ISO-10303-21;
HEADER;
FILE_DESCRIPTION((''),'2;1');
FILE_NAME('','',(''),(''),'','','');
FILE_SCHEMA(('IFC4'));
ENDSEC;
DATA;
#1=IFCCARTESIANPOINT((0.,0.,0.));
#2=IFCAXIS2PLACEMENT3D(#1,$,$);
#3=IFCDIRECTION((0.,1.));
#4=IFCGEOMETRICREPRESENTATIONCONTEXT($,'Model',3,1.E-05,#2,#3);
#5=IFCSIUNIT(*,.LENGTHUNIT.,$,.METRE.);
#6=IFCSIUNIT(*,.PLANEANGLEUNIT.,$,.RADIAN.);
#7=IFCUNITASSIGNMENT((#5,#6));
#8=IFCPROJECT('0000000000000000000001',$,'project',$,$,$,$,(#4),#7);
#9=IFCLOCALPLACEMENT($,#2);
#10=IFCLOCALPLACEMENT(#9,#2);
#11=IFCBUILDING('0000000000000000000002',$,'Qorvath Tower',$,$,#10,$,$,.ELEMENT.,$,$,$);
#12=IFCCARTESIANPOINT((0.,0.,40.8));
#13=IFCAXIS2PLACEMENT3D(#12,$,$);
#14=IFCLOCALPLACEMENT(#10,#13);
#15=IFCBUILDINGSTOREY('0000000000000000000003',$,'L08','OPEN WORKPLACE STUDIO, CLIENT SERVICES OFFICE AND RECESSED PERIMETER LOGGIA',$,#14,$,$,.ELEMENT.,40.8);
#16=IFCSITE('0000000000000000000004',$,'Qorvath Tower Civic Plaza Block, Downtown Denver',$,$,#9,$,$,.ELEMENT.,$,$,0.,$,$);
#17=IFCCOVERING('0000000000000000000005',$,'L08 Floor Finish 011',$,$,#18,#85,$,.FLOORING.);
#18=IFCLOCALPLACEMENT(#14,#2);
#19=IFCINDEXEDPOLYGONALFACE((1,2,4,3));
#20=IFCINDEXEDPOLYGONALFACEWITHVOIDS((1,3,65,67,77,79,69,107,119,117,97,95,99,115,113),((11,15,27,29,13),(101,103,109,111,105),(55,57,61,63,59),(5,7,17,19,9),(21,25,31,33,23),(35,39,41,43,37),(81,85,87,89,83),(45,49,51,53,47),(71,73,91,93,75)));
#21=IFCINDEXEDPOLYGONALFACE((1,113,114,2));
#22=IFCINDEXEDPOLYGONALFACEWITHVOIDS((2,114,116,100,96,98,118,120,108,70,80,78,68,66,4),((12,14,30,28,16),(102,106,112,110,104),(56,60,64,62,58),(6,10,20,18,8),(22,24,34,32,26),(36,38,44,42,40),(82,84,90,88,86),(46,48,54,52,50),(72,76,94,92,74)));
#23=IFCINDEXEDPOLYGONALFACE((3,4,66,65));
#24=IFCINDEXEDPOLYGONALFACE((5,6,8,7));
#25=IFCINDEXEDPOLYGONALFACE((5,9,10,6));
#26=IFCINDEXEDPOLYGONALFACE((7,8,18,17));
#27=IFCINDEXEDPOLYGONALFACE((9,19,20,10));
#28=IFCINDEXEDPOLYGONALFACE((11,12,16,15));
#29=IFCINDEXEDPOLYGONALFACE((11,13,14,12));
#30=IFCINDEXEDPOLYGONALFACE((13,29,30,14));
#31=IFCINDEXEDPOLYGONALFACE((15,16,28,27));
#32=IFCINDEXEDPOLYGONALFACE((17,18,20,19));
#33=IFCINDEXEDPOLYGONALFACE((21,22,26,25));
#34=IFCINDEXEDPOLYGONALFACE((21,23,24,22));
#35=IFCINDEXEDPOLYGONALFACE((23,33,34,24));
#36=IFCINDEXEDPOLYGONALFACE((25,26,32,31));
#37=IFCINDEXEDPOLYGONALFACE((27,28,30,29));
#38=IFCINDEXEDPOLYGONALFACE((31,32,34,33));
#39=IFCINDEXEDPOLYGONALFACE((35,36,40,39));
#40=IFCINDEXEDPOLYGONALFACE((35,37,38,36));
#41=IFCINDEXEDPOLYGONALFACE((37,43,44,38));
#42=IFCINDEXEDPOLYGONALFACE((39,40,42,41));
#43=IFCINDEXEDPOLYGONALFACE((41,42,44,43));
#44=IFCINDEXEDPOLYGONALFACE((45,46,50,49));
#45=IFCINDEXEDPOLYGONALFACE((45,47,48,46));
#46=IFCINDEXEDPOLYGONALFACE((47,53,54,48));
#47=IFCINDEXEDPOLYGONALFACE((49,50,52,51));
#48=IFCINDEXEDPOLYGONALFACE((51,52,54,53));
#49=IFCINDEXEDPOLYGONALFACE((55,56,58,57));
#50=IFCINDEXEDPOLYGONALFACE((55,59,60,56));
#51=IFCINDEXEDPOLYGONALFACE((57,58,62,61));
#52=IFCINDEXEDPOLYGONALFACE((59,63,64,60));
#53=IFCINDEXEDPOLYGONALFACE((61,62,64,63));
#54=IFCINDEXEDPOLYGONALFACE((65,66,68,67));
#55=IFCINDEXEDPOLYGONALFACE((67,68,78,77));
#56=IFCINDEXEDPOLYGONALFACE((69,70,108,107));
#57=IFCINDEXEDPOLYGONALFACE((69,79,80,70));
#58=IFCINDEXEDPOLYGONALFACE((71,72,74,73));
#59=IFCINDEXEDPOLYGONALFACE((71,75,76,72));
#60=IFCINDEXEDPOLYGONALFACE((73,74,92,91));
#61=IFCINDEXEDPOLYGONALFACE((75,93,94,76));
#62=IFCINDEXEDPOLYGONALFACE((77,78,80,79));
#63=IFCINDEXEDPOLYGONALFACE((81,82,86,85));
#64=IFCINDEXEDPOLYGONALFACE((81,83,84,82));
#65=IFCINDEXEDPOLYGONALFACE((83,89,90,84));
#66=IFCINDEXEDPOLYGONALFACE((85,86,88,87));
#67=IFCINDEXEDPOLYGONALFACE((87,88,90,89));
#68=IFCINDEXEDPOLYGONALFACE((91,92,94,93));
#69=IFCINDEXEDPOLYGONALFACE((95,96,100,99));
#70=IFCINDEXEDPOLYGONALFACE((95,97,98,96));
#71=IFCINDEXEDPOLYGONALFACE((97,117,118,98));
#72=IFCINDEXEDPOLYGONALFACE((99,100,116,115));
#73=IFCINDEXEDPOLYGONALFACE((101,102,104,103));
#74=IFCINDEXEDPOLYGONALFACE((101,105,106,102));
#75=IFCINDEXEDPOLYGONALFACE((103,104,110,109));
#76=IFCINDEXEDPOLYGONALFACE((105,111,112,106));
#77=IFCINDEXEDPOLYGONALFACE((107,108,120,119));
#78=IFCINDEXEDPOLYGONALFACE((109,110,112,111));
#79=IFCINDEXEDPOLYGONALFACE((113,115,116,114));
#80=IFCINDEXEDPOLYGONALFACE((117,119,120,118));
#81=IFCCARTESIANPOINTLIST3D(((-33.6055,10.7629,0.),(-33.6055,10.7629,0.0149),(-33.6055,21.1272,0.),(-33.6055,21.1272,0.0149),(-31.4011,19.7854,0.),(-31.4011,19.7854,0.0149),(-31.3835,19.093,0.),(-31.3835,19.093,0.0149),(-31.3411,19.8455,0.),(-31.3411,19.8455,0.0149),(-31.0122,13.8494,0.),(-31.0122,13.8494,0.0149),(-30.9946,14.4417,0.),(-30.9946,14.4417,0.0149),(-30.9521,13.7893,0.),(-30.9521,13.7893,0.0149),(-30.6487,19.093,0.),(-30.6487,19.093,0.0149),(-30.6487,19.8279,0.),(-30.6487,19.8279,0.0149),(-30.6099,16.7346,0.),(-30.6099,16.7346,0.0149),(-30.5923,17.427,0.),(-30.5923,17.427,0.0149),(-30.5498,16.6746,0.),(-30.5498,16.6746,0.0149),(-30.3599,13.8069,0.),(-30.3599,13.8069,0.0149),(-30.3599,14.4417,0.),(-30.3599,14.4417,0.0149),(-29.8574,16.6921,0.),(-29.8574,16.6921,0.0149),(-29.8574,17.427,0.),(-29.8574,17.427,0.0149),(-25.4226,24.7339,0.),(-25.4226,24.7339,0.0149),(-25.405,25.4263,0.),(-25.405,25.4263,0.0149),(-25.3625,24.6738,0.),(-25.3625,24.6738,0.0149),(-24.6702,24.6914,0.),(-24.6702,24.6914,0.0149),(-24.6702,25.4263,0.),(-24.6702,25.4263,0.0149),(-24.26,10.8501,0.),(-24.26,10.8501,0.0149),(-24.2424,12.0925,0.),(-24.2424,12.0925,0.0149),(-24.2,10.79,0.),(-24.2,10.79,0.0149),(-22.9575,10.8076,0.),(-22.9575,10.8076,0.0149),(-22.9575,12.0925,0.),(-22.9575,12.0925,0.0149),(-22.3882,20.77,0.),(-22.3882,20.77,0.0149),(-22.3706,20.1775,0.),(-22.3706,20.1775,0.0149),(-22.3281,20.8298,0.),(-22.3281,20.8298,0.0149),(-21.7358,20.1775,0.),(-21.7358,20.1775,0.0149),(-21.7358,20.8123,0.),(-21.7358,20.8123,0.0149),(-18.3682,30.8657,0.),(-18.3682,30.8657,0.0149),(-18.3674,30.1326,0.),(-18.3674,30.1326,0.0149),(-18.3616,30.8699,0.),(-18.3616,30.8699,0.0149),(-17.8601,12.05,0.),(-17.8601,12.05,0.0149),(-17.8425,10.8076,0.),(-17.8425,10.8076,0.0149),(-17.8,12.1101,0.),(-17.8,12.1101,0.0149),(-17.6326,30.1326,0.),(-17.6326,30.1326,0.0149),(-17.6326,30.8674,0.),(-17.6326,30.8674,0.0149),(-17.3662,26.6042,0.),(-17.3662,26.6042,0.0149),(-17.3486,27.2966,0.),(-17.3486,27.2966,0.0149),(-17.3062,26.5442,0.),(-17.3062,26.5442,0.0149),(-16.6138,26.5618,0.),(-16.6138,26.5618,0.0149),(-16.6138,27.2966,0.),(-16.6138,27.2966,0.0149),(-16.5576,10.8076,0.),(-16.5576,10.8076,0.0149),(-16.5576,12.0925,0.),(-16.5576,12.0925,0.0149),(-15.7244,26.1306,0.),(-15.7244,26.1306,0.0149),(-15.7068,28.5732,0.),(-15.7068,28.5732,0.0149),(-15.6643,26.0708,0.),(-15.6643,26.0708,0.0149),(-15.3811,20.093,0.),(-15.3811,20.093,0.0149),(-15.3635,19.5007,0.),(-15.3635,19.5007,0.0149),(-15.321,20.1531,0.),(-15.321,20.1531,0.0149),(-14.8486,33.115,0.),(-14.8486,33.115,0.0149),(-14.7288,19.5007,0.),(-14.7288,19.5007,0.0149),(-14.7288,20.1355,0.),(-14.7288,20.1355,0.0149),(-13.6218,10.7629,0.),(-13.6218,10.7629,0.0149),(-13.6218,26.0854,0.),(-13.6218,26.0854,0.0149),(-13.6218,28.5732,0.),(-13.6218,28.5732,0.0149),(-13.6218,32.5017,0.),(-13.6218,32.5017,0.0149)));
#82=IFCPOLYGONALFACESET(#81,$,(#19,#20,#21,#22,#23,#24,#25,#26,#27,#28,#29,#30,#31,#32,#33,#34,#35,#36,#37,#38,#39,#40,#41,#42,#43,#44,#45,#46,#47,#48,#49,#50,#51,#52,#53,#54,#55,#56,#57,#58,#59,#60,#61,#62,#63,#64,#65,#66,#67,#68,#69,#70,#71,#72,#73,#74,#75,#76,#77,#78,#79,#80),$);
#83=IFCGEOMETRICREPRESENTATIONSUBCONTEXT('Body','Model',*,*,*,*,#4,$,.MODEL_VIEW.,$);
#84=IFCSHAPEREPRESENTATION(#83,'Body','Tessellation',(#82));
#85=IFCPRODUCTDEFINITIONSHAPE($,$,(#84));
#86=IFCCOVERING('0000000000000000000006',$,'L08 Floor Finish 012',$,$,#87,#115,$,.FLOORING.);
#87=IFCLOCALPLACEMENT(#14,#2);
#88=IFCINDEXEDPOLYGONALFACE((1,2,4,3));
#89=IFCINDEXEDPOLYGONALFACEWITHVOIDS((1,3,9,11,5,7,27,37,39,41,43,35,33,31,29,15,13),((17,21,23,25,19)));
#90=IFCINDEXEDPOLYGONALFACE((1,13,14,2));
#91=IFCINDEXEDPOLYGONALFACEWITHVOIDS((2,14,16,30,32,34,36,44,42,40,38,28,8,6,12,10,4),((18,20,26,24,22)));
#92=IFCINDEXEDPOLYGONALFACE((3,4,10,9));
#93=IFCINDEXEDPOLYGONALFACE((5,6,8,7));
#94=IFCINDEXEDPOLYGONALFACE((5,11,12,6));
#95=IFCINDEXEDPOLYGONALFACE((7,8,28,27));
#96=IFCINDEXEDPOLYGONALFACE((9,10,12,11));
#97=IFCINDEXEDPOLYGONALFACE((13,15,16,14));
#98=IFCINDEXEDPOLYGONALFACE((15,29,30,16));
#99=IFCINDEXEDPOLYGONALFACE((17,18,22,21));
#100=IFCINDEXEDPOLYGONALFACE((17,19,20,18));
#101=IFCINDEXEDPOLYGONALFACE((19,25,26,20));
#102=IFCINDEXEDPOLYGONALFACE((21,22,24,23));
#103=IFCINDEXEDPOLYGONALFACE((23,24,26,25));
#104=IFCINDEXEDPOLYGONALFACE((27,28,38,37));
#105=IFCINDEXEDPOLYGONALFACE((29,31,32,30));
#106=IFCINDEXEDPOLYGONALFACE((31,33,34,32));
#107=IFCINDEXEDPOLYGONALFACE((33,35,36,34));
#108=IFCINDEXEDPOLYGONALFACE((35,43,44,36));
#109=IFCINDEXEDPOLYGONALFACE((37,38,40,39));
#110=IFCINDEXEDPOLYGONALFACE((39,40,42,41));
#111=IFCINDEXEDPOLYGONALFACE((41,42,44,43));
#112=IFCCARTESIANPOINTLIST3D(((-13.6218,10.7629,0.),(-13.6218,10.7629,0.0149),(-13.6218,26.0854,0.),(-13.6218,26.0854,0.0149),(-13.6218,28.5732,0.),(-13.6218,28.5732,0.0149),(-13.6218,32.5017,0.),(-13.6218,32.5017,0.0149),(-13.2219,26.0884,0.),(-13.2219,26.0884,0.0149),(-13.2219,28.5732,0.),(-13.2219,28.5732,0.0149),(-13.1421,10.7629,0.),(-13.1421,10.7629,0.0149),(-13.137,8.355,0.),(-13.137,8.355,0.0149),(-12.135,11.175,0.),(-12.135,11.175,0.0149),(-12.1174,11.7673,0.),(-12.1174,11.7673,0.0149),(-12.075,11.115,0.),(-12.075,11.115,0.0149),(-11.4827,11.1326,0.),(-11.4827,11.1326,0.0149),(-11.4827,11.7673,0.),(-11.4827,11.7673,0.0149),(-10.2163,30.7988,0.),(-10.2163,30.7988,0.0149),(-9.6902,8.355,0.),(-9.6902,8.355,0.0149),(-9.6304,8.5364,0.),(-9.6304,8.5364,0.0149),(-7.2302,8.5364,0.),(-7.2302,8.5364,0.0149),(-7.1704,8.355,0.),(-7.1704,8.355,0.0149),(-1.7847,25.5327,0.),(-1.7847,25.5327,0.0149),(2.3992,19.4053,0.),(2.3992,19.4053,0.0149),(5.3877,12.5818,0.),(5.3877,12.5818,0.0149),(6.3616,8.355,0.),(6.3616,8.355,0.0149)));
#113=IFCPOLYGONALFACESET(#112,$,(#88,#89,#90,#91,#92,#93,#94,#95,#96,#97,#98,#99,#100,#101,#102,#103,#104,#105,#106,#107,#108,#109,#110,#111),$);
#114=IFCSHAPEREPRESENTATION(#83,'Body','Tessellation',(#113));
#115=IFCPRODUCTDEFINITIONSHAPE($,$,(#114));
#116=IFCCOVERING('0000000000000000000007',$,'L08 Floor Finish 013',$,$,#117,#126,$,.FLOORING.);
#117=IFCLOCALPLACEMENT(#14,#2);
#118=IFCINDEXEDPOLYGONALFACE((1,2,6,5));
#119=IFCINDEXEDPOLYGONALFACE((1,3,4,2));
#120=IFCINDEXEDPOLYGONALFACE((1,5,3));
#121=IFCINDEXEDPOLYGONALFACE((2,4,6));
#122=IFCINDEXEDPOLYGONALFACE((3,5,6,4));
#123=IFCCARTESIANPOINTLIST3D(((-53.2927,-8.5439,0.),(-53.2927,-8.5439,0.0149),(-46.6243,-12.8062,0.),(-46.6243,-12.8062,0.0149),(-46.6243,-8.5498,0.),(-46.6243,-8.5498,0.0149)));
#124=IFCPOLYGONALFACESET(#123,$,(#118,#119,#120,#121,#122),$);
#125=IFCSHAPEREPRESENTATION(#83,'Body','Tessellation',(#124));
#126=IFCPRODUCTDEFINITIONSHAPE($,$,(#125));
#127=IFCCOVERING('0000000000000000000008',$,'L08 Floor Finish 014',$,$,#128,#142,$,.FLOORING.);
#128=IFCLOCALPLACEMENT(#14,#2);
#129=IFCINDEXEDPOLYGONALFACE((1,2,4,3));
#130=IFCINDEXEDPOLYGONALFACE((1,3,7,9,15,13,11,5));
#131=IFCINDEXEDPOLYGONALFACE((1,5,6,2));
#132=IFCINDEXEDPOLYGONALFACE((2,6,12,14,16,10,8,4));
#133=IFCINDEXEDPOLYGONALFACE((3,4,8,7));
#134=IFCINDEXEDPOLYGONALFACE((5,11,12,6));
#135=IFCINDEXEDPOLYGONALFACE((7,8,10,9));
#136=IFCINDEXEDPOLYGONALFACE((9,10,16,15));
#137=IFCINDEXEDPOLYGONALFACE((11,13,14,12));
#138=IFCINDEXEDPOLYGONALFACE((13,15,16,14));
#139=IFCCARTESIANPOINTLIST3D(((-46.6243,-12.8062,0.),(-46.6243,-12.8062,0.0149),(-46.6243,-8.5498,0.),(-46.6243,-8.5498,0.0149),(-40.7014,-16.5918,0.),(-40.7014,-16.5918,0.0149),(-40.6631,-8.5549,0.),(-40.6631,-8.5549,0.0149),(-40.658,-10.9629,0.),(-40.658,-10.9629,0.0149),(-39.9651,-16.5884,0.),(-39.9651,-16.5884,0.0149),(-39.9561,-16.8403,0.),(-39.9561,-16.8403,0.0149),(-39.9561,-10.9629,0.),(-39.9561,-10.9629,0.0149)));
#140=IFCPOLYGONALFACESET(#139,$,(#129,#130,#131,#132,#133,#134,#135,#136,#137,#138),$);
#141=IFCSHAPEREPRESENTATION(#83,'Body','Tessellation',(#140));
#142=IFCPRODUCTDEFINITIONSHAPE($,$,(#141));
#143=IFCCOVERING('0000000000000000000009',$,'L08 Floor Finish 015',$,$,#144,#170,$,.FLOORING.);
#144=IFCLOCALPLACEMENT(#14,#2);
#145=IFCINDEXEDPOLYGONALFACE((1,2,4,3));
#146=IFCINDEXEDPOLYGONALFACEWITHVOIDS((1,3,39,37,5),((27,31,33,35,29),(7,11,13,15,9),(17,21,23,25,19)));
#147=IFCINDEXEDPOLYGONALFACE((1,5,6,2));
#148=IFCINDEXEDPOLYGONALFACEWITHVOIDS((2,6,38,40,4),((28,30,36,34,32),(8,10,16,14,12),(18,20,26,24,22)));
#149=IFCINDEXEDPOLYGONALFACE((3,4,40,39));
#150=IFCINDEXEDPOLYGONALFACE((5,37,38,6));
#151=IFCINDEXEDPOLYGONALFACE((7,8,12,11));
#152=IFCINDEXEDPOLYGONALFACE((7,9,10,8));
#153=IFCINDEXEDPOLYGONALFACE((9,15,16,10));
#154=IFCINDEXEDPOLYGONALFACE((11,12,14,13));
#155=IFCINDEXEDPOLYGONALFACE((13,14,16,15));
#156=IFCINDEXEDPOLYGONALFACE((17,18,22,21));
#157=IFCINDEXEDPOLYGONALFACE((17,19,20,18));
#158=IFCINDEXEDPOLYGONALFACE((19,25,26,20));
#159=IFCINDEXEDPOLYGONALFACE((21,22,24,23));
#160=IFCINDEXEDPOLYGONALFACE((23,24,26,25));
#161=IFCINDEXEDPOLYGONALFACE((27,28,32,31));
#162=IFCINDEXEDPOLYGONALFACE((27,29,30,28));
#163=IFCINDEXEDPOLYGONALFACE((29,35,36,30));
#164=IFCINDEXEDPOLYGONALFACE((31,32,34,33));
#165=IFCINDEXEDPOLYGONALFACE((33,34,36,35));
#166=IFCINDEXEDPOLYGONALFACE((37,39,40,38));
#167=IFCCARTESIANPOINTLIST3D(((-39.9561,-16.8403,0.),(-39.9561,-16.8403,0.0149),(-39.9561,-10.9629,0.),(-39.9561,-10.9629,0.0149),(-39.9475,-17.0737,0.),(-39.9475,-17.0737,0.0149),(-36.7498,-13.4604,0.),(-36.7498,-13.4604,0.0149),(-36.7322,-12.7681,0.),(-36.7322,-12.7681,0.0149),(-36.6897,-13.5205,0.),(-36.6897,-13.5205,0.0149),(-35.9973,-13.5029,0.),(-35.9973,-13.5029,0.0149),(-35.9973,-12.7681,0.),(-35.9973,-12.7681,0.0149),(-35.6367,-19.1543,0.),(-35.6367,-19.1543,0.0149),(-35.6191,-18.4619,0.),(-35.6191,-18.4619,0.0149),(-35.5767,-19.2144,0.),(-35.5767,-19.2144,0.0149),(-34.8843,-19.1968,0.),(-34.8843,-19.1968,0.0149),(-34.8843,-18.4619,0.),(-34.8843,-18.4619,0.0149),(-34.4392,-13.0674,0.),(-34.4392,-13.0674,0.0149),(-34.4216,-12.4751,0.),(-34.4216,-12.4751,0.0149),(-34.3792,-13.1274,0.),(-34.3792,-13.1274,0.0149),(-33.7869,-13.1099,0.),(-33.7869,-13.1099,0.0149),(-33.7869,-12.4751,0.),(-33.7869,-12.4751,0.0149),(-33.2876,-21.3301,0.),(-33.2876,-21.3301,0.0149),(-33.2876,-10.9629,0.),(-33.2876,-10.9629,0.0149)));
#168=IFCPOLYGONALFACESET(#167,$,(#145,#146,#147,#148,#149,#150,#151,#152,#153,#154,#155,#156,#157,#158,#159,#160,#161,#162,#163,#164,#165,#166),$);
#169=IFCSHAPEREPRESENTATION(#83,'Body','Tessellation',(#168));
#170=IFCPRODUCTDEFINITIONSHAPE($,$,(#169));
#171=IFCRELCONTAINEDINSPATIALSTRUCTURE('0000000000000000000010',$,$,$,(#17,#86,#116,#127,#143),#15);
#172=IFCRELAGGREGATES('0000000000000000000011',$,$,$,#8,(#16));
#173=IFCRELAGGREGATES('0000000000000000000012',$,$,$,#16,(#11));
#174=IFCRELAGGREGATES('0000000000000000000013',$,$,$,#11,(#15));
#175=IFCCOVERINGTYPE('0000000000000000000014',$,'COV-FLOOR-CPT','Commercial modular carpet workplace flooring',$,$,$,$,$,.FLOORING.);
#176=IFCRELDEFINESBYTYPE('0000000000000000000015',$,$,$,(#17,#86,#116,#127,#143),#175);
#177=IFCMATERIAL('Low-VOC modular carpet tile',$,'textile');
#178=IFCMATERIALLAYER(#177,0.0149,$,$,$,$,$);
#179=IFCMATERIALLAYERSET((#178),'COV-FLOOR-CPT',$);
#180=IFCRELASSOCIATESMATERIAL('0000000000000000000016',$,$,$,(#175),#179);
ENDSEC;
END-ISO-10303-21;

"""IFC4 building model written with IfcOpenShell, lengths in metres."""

from ifc_helpers import new_model, si_unit, direction, frame, origin, place, context, subcontext, project, spatial, polyline, outline, extrude, material, layer, layer_set, type_object, element, save


model = new_model("IFC4")

# Units and contexts
model_context = context("Model", 3, precision=1e-05, world=origin(), true_north=direction((0.0, 1.0)))
body_context = subcontext(model_context, "Body", "Model", "MODEL_VIEW")
ifc_project = project(units=[si_unit("LENGTHUNIT", "METRE"), si_unit("PLANEANGLEUNIT", "RADIAN")], contexts=[model_context])

# Site, building, storey
site_placement = place(None, origin())
site = spatial("IfcSite", under=ifc_project, at=site_placement, Name="Qorvath Tower Civic Plaza Block, Downtown Denver", CompositionType="ELEMENT", RefElevation=0.0)
building_placement = place(site_placement, origin())
building = spatial("IfcBuilding", under=site, at=building_placement, Name="Qorvath Tower", CompositionType="ELEMENT")
storey_placement = place(building_placement, frame((0.0, 0.0, 40.8)))
storey = spatial("IfcBuildingStorey", under=building, at=storey_placement, Name="L08", Description="OPEN WORKPLACE STUDIO, CLIENT SERVICES OFFICE AND RECESSED PERIMETER LOGGIA", CompositionType="ELEMENT", Elevation=40.8)

# Coverings
ifc_material_1 = material(Name="Low-VOC modular carpet tile", Category="textile")
ifc_layer_1 = layer(ifc_material_1, 0.0149)
ifc_layer_set_1 = layer_set([ifc_layer_1], Name="COV-FLOOR-CPT")
covering_type_1 = type_object("IfcCoveringType", Name="COV-FLOOR-CPT", Description="Commercial modular carpet workplace flooring", PredefinedType="FLOORING", material=ifc_layer_set_1)
covering_1_placement = place(storey_placement, origin())
element("IfcCovering", 1, at=covering_1_placement, inside=storey, type_object=covering_type_1, Name="L08 Floor Finish 011", PredefinedType="FLOORING", context=body_context, shape_type="SweptSolid", body=[
    extrude(outline(polyline([(-18.3682, 30.8657), (-33.6055, 21.1272), (-33.6055, 10.7629), (-13.6218, 10.7629), (-13.6218, 26.0854), (-15.6643, 26.0708), (-15.7244, 26.1306), (-15.7068, 28.5732), (-13.6218, 28.5732), (-13.6218, 32.5017), (-14.8486, 33.115), (-18.3616, 30.8699), (-17.6326, 30.8674), (-17.6326, 30.1326), (-18.3674, 30.1326), (-18.3682, 30.8657)]), holes=[polyline([(-15.3811, 20.093), (-15.321, 20.1531), (-14.7288, 20.1355), (-14.7288, 19.5007), (-15.3635, 19.5007), (-15.3811, 20.093)]), polyline([(-17.8601, 12.05), (-17.8, 12.1101), (-16.5576, 12.0925), (-16.5576, 10.8076), (-17.8425, 10.8076), (-17.8601, 12.05)]), polyline([(-17.3662, 26.6042), (-17.3486, 27.2966), (-16.6138, 27.2966), (-16.6138, 26.5618), (-17.3062, 26.5442), (-17.3662, 26.6042)]), polyline([(-22.3882, 20.77), (-22.3281, 20.8298), (-21.7358, 20.8123), (-21.7358, 20.1775), (-22.3706, 20.1775), (-22.3882, 20.77)]), polyline([(-24.26, 10.8501), (-24.2424, 12.0925), (-22.9575, 12.0925), (-22.9575, 10.8076), (-24.2, 10.79), (-24.26, 10.8501)]), polyline([(-25.4226, 24.7339), (-25.405, 25.4263), (-24.6702, 25.4263), (-24.6702, 24.6914), (-25.3625, 24.6738), (-25.4226, 24.7339)]), polyline([(-30.6099, 16.7346), (-30.5923, 17.427), (-29.8574, 17.427), (-29.8574, 16.6921), (-30.5498, 16.6746), (-30.6099, 16.7346)]), polyline([(-31.0122, 13.8494), (-30.9946, 14.4417), (-30.3599, 14.4417), (-30.3599, 13.8069), (-30.9521, 13.7893), (-31.0122, 13.8494)]), polyline([(-31.4011, 19.7854), (-31.3411, 19.8455), (-30.6487, 19.8279), (-30.6487, 19.093), (-31.3835, 19.093), (-31.4011, 19.7854)])]), origin(), (0.0, 0.0, 1.0), 0.0149),
])
covering_2_placement = place(storey_placement, origin())
element("IfcCovering", 2, at=covering_2_placement, inside=storey, type_object=covering_type_1, Name="L08 Floor Finish 012", PredefinedType="FLOORING", context=body_context, shape_type="SweptSolid", body=[
    extrude(outline(polyline([(-13.6218, 32.5017), (-13.6218, 28.5732), (-13.2219, 28.5732), (-13.2219, 26.0884), (-13.6218, 26.0854), (-13.6218, 10.7629), (-13.1421, 10.7629), (-13.137, 8.355), (-9.6902, 8.355), (-9.6304, 8.5364), (-7.2302, 8.5364), (-7.1704, 8.355), (6.3616, 8.355), (5.3877, 12.5818), (2.3992, 19.4053), (-1.7847, 25.5327), (-10.2163, 30.7988), (-13.6218, 32.5017)]), holes=[polyline([(-12.135, 11.175), (-12.1174, 11.7673), (-11.4827, 11.7673), (-11.4827, 11.1326), (-12.075, 11.115), (-12.135, 11.175)])]), origin(), (0.0, 0.0, 1.0), 0.0149),
])
covering_3_placement = place(storey_placement, origin())
element("IfcCovering", 3, at=covering_3_placement, inside=storey, type_object=covering_type_1, Name="L08 Floor Finish 013", PredefinedType="FLOORING", context=body_context, shape_type="SweptSolid", body=[
    extrude(outline(polyline([(-46.6243, -12.8062), (-46.6243, -8.5498), (-53.2927, -8.5439), (-46.6243, -12.8062)])), origin(), (0.0, 0.0, 1.0), 0.0149),
])
covering_4_placement = place(storey_placement, origin())
element("IfcCovering", 4, at=covering_4_placement, inside=storey, type_object=covering_type_1, Name="L08 Floor Finish 014", PredefinedType="FLOORING", context=body_context, shape_type="SweptSolid", body=[
    extrude(outline(polyline([(-40.6631, -8.5549), (-46.6243, -8.5498), (-46.6243, -12.8062), (-40.7014, -16.5918), (-39.9651, -16.5884), (-39.9561, -16.8403), (-39.9561, -10.9629), (-40.658, -10.9629), (-40.6631, -8.5549)])), origin(), (0.0, 0.0, 1.0), 0.0149),
])
covering_5_placement = place(storey_placement, origin())
element("IfcCovering", 5, at=covering_5_placement, inside=storey, type_object=covering_type_1, Name="L08 Floor Finish 015", PredefinedType="FLOORING", context=body_context, shape_type="SweptSolid", body=[
    extrude(outline(polyline([(-39.9561, -10.9629), (-39.9561, -16.8403), (-39.9475, -17.0737), (-33.2876, -21.3301), (-33.2876, -10.9629), (-39.9561, -10.9629)]), holes=[polyline([(-34.4392, -13.0674), (-34.4216, -12.4751), (-33.7869, -12.4751), (-33.7869, -13.1099), (-34.3792, -13.1274), (-34.4392, -13.0674)]), polyline([(-35.6367, -19.1543), (-35.6191, -18.4619), (-34.8843, -18.4619), (-34.8843, -19.1968), (-35.5767, -19.2144), (-35.6367, -19.1543)]), polyline([(-36.7498, -13.4604), (-36.7322, -12.7681), (-35.9973, -12.7681), (-35.9973, -13.5029), (-36.6897, -13.5205), (-36.7498, -13.4604)])]), origin(), (0.0, 0.0, 1.0), 0.0149),
])

save(model, "model.ifc")
